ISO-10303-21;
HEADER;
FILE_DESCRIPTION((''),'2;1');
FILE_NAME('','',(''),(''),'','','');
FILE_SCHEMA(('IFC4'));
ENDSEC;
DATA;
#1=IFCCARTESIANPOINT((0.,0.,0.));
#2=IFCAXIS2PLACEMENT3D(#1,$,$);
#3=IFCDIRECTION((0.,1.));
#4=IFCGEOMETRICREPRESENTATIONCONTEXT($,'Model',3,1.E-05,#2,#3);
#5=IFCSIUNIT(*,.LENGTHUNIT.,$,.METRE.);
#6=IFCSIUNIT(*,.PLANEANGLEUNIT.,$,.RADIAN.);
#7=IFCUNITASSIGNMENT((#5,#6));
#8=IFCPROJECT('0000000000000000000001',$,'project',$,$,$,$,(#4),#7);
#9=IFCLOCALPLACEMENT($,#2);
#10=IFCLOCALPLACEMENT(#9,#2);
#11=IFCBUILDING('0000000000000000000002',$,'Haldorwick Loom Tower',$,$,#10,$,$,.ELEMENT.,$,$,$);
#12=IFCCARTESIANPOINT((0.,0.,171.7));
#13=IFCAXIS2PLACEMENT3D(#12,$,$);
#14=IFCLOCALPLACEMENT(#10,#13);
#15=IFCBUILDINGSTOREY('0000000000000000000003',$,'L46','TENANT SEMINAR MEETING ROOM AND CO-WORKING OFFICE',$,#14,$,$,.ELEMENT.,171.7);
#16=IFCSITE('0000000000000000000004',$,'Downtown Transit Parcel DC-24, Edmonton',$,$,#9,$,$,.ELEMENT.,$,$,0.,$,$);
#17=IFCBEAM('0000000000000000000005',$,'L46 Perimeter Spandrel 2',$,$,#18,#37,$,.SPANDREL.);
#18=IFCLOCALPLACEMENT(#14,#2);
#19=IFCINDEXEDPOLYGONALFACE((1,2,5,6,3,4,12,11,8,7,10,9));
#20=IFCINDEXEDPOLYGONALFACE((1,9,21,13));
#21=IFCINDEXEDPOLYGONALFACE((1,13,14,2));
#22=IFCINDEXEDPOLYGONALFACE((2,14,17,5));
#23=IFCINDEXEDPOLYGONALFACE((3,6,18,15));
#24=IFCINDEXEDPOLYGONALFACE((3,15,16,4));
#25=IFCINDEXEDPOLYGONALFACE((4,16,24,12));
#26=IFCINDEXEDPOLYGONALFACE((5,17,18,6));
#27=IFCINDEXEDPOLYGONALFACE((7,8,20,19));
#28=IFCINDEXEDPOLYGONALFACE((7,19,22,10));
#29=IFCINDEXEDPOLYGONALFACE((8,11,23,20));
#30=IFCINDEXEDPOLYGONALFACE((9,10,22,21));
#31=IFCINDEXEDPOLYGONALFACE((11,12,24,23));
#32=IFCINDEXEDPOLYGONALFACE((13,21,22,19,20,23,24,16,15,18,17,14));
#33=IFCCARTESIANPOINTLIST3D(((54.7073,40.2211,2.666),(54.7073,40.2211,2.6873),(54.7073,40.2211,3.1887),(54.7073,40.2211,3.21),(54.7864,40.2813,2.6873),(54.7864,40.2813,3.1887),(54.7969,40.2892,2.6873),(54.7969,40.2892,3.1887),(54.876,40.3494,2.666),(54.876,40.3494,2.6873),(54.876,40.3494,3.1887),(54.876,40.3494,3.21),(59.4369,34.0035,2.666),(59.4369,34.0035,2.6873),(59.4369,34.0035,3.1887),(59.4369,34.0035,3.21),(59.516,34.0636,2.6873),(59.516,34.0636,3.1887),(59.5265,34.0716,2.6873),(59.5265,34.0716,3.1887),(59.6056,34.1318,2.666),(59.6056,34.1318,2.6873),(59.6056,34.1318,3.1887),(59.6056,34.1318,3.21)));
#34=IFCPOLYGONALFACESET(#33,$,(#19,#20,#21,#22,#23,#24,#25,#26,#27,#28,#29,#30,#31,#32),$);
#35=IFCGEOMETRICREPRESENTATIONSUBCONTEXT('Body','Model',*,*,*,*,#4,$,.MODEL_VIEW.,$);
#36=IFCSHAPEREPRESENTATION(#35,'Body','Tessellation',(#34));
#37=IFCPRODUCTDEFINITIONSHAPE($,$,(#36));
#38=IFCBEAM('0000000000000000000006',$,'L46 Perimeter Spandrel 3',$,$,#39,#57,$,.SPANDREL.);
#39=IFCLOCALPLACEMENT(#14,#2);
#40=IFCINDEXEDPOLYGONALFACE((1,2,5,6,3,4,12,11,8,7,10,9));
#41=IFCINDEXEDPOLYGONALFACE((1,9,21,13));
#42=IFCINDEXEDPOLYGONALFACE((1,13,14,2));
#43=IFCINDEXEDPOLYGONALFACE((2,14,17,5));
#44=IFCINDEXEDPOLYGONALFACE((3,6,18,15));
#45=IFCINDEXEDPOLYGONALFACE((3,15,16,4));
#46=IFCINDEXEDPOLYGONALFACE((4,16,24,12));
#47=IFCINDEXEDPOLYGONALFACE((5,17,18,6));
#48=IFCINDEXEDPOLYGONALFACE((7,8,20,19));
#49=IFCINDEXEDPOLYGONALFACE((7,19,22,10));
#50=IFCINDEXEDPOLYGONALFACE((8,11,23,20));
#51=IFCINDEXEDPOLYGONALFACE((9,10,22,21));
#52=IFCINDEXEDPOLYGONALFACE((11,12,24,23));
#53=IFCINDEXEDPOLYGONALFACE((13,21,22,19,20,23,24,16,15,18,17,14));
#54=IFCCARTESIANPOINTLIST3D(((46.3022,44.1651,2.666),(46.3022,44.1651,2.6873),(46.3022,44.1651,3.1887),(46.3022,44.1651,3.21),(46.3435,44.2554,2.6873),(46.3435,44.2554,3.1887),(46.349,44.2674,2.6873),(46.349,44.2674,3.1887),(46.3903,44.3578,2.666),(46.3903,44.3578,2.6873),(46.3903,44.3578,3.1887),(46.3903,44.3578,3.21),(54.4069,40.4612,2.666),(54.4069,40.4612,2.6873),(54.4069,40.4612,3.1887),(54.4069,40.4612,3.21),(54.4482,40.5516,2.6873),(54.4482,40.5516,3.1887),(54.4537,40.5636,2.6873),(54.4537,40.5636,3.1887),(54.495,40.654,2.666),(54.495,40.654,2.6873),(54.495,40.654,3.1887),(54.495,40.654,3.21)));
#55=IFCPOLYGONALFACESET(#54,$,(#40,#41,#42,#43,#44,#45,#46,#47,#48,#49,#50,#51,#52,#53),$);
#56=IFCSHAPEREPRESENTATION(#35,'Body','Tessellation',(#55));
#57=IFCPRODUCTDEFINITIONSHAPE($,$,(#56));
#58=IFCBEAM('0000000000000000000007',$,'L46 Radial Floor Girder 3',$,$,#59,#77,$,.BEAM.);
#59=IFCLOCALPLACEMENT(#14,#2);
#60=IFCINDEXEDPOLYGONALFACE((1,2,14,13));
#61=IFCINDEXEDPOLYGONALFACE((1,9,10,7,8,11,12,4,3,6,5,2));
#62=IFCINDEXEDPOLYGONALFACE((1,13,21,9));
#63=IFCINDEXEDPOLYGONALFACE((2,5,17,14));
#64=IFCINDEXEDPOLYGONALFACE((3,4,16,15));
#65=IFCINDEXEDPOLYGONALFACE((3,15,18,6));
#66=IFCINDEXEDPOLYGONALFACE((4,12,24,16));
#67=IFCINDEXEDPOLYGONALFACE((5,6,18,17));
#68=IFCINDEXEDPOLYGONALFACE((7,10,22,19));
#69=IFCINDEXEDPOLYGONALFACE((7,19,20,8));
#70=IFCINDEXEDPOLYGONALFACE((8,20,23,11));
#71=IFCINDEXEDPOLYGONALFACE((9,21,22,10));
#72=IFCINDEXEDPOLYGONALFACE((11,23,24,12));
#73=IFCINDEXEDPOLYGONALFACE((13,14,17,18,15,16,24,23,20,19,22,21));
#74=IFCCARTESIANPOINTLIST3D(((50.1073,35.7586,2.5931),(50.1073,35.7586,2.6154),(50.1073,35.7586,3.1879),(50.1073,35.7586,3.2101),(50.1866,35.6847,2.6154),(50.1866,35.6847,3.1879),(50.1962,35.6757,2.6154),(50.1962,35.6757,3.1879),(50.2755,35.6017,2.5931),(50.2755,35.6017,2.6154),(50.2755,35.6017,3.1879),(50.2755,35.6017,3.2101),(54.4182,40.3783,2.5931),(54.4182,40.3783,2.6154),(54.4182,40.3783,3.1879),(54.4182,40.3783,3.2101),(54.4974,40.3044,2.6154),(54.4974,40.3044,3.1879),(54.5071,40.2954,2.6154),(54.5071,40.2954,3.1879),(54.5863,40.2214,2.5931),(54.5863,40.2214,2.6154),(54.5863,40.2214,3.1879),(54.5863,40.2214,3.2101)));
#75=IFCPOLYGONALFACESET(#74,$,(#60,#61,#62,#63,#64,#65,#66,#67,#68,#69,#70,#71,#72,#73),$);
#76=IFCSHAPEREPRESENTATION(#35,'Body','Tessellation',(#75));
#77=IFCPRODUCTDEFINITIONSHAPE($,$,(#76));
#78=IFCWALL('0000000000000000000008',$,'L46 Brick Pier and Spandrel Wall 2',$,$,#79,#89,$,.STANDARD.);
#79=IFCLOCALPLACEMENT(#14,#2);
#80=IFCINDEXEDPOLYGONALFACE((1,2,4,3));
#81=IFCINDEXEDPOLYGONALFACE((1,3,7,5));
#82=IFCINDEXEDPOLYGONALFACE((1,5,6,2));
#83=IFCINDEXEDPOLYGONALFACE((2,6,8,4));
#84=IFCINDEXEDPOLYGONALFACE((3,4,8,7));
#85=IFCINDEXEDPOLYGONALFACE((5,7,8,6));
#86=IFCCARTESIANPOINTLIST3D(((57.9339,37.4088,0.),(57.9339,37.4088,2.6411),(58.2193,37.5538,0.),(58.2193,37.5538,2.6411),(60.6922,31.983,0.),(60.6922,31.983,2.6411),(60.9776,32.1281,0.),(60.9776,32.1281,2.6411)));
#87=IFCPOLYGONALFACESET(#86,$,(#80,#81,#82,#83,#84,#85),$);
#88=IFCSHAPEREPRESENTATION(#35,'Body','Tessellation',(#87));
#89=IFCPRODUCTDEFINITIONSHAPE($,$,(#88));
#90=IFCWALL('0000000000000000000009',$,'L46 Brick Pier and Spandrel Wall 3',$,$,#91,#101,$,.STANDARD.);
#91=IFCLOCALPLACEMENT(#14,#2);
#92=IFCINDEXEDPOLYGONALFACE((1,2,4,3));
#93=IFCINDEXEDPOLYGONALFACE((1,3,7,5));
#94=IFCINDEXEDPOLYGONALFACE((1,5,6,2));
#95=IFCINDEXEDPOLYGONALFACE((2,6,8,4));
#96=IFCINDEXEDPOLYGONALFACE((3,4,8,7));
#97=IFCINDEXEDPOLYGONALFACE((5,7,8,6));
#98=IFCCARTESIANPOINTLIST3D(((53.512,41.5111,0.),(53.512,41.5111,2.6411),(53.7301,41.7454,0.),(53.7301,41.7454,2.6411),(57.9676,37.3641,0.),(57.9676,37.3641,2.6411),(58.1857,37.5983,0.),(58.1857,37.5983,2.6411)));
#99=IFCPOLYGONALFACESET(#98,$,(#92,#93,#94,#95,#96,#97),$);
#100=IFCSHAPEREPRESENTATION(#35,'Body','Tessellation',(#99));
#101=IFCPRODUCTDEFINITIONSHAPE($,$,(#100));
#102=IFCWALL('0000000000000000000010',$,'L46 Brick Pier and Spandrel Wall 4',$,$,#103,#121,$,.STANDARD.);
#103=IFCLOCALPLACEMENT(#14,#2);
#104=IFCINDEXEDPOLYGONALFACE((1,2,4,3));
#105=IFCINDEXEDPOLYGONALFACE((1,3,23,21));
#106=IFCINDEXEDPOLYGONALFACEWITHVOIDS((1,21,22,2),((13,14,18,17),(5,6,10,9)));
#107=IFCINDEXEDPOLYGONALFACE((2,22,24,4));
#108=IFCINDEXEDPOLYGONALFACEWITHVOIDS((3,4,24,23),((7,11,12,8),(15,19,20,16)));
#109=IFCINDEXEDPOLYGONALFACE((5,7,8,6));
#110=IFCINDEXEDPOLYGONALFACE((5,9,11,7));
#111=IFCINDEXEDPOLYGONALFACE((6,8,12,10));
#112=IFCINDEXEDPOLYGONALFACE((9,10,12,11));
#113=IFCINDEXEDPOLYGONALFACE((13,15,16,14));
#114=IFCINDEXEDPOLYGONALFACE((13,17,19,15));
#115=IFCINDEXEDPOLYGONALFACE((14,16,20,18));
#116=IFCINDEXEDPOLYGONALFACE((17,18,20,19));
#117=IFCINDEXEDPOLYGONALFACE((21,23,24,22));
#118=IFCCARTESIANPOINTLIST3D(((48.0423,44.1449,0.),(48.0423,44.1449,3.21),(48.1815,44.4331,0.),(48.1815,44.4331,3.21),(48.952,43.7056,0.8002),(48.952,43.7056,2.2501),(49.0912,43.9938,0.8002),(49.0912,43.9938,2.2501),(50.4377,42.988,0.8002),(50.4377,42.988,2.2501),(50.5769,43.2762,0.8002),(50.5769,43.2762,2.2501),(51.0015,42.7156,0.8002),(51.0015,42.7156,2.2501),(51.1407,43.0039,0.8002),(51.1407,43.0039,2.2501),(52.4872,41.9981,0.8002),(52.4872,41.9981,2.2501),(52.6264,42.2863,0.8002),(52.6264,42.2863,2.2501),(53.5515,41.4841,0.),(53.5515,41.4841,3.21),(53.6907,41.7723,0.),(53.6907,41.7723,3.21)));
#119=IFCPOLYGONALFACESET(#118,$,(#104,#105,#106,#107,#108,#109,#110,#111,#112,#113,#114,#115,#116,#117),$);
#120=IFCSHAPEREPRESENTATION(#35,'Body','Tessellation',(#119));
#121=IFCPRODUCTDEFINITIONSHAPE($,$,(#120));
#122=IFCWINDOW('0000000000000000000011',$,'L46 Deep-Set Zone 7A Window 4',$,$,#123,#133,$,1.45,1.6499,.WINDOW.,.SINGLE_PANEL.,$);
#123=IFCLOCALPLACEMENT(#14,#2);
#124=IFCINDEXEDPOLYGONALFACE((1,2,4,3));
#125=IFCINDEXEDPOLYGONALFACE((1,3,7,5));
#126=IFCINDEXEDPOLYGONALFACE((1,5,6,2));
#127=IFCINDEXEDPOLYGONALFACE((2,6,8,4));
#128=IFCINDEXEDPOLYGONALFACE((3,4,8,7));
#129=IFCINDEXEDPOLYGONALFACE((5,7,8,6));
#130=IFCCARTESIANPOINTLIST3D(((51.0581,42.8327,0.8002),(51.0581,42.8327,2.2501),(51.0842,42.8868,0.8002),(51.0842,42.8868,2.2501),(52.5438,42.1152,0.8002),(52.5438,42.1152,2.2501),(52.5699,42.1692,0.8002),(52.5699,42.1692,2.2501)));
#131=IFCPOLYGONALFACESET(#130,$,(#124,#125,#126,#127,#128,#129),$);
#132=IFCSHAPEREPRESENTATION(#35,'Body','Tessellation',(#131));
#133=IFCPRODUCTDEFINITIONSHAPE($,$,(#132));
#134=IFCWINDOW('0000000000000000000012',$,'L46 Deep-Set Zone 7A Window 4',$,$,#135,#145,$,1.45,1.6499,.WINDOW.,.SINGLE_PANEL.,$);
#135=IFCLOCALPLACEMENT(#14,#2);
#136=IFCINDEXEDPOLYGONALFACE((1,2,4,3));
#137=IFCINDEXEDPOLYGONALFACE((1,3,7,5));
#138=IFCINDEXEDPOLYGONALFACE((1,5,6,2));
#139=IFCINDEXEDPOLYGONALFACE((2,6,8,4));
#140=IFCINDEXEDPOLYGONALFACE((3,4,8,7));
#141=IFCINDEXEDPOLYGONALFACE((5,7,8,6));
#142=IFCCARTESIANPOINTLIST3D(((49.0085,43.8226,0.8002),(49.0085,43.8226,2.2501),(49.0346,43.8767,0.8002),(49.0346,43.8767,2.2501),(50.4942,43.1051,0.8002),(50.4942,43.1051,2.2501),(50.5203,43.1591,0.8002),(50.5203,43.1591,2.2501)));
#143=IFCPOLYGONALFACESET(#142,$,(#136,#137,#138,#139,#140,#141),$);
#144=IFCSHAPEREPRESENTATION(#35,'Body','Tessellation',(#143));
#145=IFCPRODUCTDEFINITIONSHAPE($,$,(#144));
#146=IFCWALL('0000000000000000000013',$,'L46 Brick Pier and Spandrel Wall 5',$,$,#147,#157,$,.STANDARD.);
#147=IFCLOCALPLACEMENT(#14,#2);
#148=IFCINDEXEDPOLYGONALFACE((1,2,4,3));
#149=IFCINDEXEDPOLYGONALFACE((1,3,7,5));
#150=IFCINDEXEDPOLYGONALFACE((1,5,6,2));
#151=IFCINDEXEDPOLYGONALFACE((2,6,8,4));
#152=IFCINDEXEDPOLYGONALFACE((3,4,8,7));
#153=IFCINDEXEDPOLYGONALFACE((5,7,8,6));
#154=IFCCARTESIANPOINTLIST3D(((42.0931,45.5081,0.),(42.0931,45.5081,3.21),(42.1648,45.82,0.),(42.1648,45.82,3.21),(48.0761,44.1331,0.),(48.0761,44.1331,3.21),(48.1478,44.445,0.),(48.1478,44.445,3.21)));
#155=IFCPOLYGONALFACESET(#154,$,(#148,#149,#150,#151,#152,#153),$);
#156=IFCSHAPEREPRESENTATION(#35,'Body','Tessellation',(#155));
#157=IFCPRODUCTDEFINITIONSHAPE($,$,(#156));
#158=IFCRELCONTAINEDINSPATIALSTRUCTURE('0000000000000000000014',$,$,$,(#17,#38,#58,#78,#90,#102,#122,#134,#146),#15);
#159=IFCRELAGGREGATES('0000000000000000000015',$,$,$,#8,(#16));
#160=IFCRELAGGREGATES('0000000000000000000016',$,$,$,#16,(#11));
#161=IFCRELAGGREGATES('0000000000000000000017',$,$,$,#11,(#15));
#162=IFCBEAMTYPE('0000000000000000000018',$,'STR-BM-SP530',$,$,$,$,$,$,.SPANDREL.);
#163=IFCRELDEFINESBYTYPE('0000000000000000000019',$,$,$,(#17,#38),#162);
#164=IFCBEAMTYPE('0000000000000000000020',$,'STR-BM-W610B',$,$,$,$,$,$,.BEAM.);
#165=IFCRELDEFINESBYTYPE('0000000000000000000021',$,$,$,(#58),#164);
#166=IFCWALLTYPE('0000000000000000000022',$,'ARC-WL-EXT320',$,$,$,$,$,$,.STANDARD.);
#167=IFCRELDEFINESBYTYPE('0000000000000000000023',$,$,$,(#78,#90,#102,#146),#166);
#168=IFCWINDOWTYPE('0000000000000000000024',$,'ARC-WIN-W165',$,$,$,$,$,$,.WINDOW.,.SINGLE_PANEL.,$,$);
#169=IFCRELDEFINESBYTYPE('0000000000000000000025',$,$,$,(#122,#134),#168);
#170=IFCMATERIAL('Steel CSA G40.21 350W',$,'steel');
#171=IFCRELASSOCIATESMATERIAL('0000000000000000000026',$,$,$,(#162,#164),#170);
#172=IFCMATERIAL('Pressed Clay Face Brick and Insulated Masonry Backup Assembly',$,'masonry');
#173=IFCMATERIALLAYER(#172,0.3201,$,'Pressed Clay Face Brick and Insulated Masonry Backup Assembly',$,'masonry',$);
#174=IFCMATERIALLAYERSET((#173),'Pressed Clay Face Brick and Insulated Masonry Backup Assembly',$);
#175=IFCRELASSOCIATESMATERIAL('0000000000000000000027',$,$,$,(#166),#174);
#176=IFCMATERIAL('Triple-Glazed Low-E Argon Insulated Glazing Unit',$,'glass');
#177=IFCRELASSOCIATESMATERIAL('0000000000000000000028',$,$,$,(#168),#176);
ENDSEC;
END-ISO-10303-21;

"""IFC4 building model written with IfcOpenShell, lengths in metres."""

from ifc_helpers import new_model, si_unit, direction, frame, frame_2d, origin, origin_2d, place, context, subcontext, project, spatial, rectangle, i_section, extrude, material, layer, layer_set, material_profile, profile_set, type_object, element, fill, save


model = new_model("IFC4")

# Units and contexts
model_context = context("Model", 3, precision=1e-05, world=origin(), true_north=direction((0.0, 1.0)))
body_context = subcontext(model_context, "Body", "Model", "MODEL_VIEW")
ifc_project = project(units=[si_unit("LENGTHUNIT", "METRE"), si_unit("PLANEANGLEUNIT", "RADIAN")], contexts=[model_context])

# Site, building, storey
site_placement = place(None, origin())
site = spatial("IfcSite", under=ifc_project, at=site_placement, Name="Downtown Transit Parcel DC-24, Edmonton", CompositionType="ELEMENT", RefElevation=0.0)
building_placement = place(site_placement, origin())
building = spatial("IfcBuilding", under=site, at=building_placement, Name="Haldorwick Loom Tower", CompositionType="ELEMENT")
storey_placement = place(building_placement, frame((0.0, 0.0, 171.7)))
storey = spatial("IfcBuildingStorey", under=building, at=storey_placement, Name="L46", Description="TENANT SEMINAR MEETING ROOM AND CO-WORKING OFFICE", CompositionType="ELEMENT", Elevation=171.7)

# Shared definitions
ifc_material_1 = material(Name="Steel CSA G40.21 350W", Category="steel")

# Beams
ifc_material_profile_1 = material_profile(ifc_material_1, i_section(OverallWidth=0.2119, OverallDepth=0.5439, WebThickness=0.0132, FlangeThickness=0.0212, at=origin_2d()), Name="W530X123", Category="steel")
ifc_profile_set_1 = profile_set([ifc_material_profile_1], Name="Steel CSA G40.21 350W")
beam_type_1 = type_object("IfcBeamType", Name="STR-BM-SP530", PredefinedType="SPANDREL", material=ifc_profile_set_1)
beam_1_placement = place(storey_placement, frame((59.5212, 34.0676, 2.938), z_axis=(-0.605422, 0.795905, 0.0), x_axis=(-0.795905, -0.605422, 0.0)))
element("IfcBeam", 1, at=beam_1_placement, inside=storey, type_object=beam_type_1, Name="L46 Perimeter Spandrel 2", PredefinedType="SPANDREL", context=body_context, shape_type="SweptSolid", body=[
    extrude(i_section(OverallWidth=0.2119, OverallDepth=0.5439, WebThickness=0.0132, FlangeThickness=0.0212, at=origin_2d()), origin(), (0.0, 0.0, 1.0), 7.812),
])
beam_2_placement = place(storey_placement, frame((54.4509, 40.5576, 2.938), z_axis=(-0.909524, 0.415652, 0.0), x_axis=(-0.415652, -0.909524, 0.0)))
element("IfcBeam", 2, at=beam_2_placement, inside=storey, type_object=beam_type_1, Name="L46 Perimeter Spandrel 3", PredefinedType="SPANDREL", context=body_context, shape_type="SweptSolid", body=[
    extrude(i_section(OverallWidth=0.2119, OverallDepth=0.5439, WebThickness=0.0132, FlangeThickness=0.0212, at=origin_2d()), origin(), (0.0, 0.0, 1.0), 8.9109),
])
ifc_material_profile_2 = material_profile(ifc_material_1, i_section(OverallWidth=0.23, OverallDepth=0.6169, WebThickness=0.0132, FlangeThickness=0.0222, at=origin_2d()), Name="W610X140", Category="steel")
ifc_profile_set_2 = profile_set([ifc_material_profile_2], Name="Steel CSA G40.21 350W")
beam_type_2 = type_object("IfcBeamType", Name="STR-BM-W610B", PredefinedType="BEAM", material=ifc_profile_set_2)
beam_3_placement = place(storey_placement, frame((50.1914, 35.6802, 2.9016), z_axis=(0.682245, 0.731123, 0.0), x_axis=(-0.731123, 0.682245, 0.0)))
element("IfcBeam", 3, at=beam_3_placement, inside=storey, type_object=beam_type_2, Name="L46 Radial Floor Girder 3", PredefinedType="BEAM", context=body_context, shape_type="SweptSolid", body=[
    extrude(i_section(OverallWidth=0.23, OverallDepth=0.6169, WebThickness=0.0132, FlangeThickness=0.0222, at=origin_2d()), origin(), (0.0, 0.0, 1.0), 6.3186),
])

# Walls
ifc_material_2 = material(Name="Pressed Clay Face Brick and Insulated Masonry Backup Assembly", Category="masonry")
ifc_layer_1 = layer(ifc_material_2, 0.3201, Name="Pressed Clay Face Brick and Insulated Masonry Backup Assembly", Category="masonry")
ifc_layer_set_1 = layer_set([ifc_layer_1], Name="Pressed Clay Face Brick and Insulated Masonry Backup Assembly")
wall_type_1 = type_object("IfcWallType", Name="ARC-WL-EXT320", PredefinedType="STANDARD", material=ifc_layer_set_1)
wall_1_placement = place(storey_placement, frame((60.835, 32.0554, 0.0), z_axis=(0.0, 0.0, 1.0), x_axis=(-0.453172, 0.891423, 0.0)))
element("IfcWall", 4, at=wall_1_placement, inside=storey, type_object=wall_type_1, Name="L46 Brick Pier and Spandrel Wall 2", PredefinedType="STANDARD", context=body_context, shape_type="SweptSolid", body=[
    extrude(rectangle(XDim=6.0867, YDim=0.3201, at=frame_2d((3.0435, 0.0))), origin(), (0.0, 0.0, 1.0), 2.6411),
])
wall_2_placement = place(storey_placement, frame((58.0767, 37.4812, 0.0), z_axis=(0.0, 0.0, 1.0), x_axis=(-0.732002, 0.681303, 0.0)))
element("IfcWall", 5, at=wall_2_placement, inside=storey, type_object=wall_type_1, Name="L46 Brick Pier and Spandrel Wall 3", PredefinedType="STANDARD", context=body_context, shape_type="SweptSolid", body=[
    extrude(rectangle(XDim=6.0869, YDim=0.3201, at=frame_2d((3.0435, 0.0))), origin(), (0.0, 0.0, 1.0), 2.6411),
])

# Wall, openings, windows
wall_3_placement = place(storey_placement, frame((53.6211, 41.6282, 0.0), z_axis=(0.0, 0.0, 1.0), x_axis=(-0.900472, 0.434913, 0.0)))
wall_3 = element("IfcWall", 6, at=wall_3_placement, inside=storey, type_object=wall_type_1, Name="L46 Brick Pier and Spandrel Wall 4", PredefinedType="STANDARD", context=body_context, shape_type="SweptSolid", body=[
    extrude(rectangle(XDim=6.1182, YDim=0.3201, at=frame_2d((3.0591, 0.0))), origin(), (0.0, 0.0, 1.0), 3.21),
])
opening_1_placement = place(wall_3_placement, frame((1.1819, 0.0, 0.8)))
opening_1 = element("IfcOpeningElement", 7, at=opening_1_placement, cuts=wall_3, PredefinedType="OPENING", context=body_context, shape_type="SweptSolid", body=[
    extrude(rectangle(XDim=1.6499, YDim=1.45, at=frame_2d((0.825, 0.7251))), frame((0.0, 0.1699, 0.0), z_axis=(0.0, -1.0, 0.0), x_axis=(1.0, 0.0, 0.0)), (0.0, 0.0, 1.0), 0.3401),
])
opening_2_placement = place(wall_3_placement, frame((3.458, 0.0, 0.8)))
opening_2 = element("IfcOpeningElement", 8, at=opening_2_placement, cuts=wall_3, PredefinedType="OPENING", context=body_context, shape_type="SweptSolid", body=[
    extrude(rectangle(XDim=1.6499, YDim=1.45, at=frame_2d((0.825, 0.7251))), frame((0.0, 0.1699, 0.0), z_axis=(0.0, -1.0, 0.0), x_axis=(1.0, 0.0, 0.0)), (0.0, 0.0, 1.0), 0.3401),
])
ifc_material_3 = material(Name="Triple-Glazed Low-E Argon Insulated Glazing Unit", Category="glass")
window_type = type_object("IfcWindowType", Name="ARC-WIN-W165", PartitioningType="SINGLE_PANEL", PredefinedType="WINDOW", material=ifc_material_3)
window_1_placement = place(opening_1_placement, origin())
window_1 = element("IfcWindow", 9, at=window_1_placement, inside=storey, type_object=window_type, Name="L46 Deep-Set Zone 7A Window 4", OverallHeight=1.45, OverallWidth=1.6499, PartitioningType="SINGLE_PANEL", PredefinedType="WINDOW", context=body_context, shape_type="SweptSolid", body=[
    extrude(rectangle(XDim=1.6499, YDim=1.45, at=frame_2d((0.825, 0.7251))), frame((0.0, 0.03, 0.0), z_axis=(0.0, -1.0, 0.0), x_axis=(1.0, 0.0, 0.0)), (0.0, 0.0, 1.0), 0.0601),
])
fill(opening_1, window_1)
window_2_placement = place(opening_2_placement, origin())
window_2 = element("IfcWindow", 10, at=window_2_placement, inside=storey, type_object=window_type, Name="L46 Deep-Set Zone 7A Window 4", OverallHeight=1.45, OverallWidth=1.6499, PartitioningType="SINGLE_PANEL", PredefinedType="WINDOW", context=body_context, shape_type="SweptSolid", body=[
    extrude(rectangle(XDim=1.6499, YDim=1.45, at=frame_2d((0.825, 0.7251))), frame((0.0, 0.03, 0.0), z_axis=(0.0, -1.0, 0.0), x_axis=(1.0, 0.0, 0.0)), (0.0, 0.0, 1.0), 0.0601),
])
fill(opening_2, window_2)

# Wall
wall_4_placement = place(storey_placement, frame((48.1118, 44.2891, 0.0), z_axis=(0.0, 0.0, 1.0), x_axis=(-0.974593, 0.223982, 0.0)))
element("IfcWall", 11, at=wall_4_placement, inside=storey, type_object=wall_type_1, Name="L46 Brick Pier and Spandrel Wall 5", PredefinedType="STANDARD", context=body_context, shape_type="SweptSolid", body=[
    extrude(rectangle(XDim=6.1389, YDim=0.3201, at=frame_2d((3.0693, 0.0))), origin(), (0.0, 0.0, 1.0), 3.21),
])

save(model, "model.ifc")
